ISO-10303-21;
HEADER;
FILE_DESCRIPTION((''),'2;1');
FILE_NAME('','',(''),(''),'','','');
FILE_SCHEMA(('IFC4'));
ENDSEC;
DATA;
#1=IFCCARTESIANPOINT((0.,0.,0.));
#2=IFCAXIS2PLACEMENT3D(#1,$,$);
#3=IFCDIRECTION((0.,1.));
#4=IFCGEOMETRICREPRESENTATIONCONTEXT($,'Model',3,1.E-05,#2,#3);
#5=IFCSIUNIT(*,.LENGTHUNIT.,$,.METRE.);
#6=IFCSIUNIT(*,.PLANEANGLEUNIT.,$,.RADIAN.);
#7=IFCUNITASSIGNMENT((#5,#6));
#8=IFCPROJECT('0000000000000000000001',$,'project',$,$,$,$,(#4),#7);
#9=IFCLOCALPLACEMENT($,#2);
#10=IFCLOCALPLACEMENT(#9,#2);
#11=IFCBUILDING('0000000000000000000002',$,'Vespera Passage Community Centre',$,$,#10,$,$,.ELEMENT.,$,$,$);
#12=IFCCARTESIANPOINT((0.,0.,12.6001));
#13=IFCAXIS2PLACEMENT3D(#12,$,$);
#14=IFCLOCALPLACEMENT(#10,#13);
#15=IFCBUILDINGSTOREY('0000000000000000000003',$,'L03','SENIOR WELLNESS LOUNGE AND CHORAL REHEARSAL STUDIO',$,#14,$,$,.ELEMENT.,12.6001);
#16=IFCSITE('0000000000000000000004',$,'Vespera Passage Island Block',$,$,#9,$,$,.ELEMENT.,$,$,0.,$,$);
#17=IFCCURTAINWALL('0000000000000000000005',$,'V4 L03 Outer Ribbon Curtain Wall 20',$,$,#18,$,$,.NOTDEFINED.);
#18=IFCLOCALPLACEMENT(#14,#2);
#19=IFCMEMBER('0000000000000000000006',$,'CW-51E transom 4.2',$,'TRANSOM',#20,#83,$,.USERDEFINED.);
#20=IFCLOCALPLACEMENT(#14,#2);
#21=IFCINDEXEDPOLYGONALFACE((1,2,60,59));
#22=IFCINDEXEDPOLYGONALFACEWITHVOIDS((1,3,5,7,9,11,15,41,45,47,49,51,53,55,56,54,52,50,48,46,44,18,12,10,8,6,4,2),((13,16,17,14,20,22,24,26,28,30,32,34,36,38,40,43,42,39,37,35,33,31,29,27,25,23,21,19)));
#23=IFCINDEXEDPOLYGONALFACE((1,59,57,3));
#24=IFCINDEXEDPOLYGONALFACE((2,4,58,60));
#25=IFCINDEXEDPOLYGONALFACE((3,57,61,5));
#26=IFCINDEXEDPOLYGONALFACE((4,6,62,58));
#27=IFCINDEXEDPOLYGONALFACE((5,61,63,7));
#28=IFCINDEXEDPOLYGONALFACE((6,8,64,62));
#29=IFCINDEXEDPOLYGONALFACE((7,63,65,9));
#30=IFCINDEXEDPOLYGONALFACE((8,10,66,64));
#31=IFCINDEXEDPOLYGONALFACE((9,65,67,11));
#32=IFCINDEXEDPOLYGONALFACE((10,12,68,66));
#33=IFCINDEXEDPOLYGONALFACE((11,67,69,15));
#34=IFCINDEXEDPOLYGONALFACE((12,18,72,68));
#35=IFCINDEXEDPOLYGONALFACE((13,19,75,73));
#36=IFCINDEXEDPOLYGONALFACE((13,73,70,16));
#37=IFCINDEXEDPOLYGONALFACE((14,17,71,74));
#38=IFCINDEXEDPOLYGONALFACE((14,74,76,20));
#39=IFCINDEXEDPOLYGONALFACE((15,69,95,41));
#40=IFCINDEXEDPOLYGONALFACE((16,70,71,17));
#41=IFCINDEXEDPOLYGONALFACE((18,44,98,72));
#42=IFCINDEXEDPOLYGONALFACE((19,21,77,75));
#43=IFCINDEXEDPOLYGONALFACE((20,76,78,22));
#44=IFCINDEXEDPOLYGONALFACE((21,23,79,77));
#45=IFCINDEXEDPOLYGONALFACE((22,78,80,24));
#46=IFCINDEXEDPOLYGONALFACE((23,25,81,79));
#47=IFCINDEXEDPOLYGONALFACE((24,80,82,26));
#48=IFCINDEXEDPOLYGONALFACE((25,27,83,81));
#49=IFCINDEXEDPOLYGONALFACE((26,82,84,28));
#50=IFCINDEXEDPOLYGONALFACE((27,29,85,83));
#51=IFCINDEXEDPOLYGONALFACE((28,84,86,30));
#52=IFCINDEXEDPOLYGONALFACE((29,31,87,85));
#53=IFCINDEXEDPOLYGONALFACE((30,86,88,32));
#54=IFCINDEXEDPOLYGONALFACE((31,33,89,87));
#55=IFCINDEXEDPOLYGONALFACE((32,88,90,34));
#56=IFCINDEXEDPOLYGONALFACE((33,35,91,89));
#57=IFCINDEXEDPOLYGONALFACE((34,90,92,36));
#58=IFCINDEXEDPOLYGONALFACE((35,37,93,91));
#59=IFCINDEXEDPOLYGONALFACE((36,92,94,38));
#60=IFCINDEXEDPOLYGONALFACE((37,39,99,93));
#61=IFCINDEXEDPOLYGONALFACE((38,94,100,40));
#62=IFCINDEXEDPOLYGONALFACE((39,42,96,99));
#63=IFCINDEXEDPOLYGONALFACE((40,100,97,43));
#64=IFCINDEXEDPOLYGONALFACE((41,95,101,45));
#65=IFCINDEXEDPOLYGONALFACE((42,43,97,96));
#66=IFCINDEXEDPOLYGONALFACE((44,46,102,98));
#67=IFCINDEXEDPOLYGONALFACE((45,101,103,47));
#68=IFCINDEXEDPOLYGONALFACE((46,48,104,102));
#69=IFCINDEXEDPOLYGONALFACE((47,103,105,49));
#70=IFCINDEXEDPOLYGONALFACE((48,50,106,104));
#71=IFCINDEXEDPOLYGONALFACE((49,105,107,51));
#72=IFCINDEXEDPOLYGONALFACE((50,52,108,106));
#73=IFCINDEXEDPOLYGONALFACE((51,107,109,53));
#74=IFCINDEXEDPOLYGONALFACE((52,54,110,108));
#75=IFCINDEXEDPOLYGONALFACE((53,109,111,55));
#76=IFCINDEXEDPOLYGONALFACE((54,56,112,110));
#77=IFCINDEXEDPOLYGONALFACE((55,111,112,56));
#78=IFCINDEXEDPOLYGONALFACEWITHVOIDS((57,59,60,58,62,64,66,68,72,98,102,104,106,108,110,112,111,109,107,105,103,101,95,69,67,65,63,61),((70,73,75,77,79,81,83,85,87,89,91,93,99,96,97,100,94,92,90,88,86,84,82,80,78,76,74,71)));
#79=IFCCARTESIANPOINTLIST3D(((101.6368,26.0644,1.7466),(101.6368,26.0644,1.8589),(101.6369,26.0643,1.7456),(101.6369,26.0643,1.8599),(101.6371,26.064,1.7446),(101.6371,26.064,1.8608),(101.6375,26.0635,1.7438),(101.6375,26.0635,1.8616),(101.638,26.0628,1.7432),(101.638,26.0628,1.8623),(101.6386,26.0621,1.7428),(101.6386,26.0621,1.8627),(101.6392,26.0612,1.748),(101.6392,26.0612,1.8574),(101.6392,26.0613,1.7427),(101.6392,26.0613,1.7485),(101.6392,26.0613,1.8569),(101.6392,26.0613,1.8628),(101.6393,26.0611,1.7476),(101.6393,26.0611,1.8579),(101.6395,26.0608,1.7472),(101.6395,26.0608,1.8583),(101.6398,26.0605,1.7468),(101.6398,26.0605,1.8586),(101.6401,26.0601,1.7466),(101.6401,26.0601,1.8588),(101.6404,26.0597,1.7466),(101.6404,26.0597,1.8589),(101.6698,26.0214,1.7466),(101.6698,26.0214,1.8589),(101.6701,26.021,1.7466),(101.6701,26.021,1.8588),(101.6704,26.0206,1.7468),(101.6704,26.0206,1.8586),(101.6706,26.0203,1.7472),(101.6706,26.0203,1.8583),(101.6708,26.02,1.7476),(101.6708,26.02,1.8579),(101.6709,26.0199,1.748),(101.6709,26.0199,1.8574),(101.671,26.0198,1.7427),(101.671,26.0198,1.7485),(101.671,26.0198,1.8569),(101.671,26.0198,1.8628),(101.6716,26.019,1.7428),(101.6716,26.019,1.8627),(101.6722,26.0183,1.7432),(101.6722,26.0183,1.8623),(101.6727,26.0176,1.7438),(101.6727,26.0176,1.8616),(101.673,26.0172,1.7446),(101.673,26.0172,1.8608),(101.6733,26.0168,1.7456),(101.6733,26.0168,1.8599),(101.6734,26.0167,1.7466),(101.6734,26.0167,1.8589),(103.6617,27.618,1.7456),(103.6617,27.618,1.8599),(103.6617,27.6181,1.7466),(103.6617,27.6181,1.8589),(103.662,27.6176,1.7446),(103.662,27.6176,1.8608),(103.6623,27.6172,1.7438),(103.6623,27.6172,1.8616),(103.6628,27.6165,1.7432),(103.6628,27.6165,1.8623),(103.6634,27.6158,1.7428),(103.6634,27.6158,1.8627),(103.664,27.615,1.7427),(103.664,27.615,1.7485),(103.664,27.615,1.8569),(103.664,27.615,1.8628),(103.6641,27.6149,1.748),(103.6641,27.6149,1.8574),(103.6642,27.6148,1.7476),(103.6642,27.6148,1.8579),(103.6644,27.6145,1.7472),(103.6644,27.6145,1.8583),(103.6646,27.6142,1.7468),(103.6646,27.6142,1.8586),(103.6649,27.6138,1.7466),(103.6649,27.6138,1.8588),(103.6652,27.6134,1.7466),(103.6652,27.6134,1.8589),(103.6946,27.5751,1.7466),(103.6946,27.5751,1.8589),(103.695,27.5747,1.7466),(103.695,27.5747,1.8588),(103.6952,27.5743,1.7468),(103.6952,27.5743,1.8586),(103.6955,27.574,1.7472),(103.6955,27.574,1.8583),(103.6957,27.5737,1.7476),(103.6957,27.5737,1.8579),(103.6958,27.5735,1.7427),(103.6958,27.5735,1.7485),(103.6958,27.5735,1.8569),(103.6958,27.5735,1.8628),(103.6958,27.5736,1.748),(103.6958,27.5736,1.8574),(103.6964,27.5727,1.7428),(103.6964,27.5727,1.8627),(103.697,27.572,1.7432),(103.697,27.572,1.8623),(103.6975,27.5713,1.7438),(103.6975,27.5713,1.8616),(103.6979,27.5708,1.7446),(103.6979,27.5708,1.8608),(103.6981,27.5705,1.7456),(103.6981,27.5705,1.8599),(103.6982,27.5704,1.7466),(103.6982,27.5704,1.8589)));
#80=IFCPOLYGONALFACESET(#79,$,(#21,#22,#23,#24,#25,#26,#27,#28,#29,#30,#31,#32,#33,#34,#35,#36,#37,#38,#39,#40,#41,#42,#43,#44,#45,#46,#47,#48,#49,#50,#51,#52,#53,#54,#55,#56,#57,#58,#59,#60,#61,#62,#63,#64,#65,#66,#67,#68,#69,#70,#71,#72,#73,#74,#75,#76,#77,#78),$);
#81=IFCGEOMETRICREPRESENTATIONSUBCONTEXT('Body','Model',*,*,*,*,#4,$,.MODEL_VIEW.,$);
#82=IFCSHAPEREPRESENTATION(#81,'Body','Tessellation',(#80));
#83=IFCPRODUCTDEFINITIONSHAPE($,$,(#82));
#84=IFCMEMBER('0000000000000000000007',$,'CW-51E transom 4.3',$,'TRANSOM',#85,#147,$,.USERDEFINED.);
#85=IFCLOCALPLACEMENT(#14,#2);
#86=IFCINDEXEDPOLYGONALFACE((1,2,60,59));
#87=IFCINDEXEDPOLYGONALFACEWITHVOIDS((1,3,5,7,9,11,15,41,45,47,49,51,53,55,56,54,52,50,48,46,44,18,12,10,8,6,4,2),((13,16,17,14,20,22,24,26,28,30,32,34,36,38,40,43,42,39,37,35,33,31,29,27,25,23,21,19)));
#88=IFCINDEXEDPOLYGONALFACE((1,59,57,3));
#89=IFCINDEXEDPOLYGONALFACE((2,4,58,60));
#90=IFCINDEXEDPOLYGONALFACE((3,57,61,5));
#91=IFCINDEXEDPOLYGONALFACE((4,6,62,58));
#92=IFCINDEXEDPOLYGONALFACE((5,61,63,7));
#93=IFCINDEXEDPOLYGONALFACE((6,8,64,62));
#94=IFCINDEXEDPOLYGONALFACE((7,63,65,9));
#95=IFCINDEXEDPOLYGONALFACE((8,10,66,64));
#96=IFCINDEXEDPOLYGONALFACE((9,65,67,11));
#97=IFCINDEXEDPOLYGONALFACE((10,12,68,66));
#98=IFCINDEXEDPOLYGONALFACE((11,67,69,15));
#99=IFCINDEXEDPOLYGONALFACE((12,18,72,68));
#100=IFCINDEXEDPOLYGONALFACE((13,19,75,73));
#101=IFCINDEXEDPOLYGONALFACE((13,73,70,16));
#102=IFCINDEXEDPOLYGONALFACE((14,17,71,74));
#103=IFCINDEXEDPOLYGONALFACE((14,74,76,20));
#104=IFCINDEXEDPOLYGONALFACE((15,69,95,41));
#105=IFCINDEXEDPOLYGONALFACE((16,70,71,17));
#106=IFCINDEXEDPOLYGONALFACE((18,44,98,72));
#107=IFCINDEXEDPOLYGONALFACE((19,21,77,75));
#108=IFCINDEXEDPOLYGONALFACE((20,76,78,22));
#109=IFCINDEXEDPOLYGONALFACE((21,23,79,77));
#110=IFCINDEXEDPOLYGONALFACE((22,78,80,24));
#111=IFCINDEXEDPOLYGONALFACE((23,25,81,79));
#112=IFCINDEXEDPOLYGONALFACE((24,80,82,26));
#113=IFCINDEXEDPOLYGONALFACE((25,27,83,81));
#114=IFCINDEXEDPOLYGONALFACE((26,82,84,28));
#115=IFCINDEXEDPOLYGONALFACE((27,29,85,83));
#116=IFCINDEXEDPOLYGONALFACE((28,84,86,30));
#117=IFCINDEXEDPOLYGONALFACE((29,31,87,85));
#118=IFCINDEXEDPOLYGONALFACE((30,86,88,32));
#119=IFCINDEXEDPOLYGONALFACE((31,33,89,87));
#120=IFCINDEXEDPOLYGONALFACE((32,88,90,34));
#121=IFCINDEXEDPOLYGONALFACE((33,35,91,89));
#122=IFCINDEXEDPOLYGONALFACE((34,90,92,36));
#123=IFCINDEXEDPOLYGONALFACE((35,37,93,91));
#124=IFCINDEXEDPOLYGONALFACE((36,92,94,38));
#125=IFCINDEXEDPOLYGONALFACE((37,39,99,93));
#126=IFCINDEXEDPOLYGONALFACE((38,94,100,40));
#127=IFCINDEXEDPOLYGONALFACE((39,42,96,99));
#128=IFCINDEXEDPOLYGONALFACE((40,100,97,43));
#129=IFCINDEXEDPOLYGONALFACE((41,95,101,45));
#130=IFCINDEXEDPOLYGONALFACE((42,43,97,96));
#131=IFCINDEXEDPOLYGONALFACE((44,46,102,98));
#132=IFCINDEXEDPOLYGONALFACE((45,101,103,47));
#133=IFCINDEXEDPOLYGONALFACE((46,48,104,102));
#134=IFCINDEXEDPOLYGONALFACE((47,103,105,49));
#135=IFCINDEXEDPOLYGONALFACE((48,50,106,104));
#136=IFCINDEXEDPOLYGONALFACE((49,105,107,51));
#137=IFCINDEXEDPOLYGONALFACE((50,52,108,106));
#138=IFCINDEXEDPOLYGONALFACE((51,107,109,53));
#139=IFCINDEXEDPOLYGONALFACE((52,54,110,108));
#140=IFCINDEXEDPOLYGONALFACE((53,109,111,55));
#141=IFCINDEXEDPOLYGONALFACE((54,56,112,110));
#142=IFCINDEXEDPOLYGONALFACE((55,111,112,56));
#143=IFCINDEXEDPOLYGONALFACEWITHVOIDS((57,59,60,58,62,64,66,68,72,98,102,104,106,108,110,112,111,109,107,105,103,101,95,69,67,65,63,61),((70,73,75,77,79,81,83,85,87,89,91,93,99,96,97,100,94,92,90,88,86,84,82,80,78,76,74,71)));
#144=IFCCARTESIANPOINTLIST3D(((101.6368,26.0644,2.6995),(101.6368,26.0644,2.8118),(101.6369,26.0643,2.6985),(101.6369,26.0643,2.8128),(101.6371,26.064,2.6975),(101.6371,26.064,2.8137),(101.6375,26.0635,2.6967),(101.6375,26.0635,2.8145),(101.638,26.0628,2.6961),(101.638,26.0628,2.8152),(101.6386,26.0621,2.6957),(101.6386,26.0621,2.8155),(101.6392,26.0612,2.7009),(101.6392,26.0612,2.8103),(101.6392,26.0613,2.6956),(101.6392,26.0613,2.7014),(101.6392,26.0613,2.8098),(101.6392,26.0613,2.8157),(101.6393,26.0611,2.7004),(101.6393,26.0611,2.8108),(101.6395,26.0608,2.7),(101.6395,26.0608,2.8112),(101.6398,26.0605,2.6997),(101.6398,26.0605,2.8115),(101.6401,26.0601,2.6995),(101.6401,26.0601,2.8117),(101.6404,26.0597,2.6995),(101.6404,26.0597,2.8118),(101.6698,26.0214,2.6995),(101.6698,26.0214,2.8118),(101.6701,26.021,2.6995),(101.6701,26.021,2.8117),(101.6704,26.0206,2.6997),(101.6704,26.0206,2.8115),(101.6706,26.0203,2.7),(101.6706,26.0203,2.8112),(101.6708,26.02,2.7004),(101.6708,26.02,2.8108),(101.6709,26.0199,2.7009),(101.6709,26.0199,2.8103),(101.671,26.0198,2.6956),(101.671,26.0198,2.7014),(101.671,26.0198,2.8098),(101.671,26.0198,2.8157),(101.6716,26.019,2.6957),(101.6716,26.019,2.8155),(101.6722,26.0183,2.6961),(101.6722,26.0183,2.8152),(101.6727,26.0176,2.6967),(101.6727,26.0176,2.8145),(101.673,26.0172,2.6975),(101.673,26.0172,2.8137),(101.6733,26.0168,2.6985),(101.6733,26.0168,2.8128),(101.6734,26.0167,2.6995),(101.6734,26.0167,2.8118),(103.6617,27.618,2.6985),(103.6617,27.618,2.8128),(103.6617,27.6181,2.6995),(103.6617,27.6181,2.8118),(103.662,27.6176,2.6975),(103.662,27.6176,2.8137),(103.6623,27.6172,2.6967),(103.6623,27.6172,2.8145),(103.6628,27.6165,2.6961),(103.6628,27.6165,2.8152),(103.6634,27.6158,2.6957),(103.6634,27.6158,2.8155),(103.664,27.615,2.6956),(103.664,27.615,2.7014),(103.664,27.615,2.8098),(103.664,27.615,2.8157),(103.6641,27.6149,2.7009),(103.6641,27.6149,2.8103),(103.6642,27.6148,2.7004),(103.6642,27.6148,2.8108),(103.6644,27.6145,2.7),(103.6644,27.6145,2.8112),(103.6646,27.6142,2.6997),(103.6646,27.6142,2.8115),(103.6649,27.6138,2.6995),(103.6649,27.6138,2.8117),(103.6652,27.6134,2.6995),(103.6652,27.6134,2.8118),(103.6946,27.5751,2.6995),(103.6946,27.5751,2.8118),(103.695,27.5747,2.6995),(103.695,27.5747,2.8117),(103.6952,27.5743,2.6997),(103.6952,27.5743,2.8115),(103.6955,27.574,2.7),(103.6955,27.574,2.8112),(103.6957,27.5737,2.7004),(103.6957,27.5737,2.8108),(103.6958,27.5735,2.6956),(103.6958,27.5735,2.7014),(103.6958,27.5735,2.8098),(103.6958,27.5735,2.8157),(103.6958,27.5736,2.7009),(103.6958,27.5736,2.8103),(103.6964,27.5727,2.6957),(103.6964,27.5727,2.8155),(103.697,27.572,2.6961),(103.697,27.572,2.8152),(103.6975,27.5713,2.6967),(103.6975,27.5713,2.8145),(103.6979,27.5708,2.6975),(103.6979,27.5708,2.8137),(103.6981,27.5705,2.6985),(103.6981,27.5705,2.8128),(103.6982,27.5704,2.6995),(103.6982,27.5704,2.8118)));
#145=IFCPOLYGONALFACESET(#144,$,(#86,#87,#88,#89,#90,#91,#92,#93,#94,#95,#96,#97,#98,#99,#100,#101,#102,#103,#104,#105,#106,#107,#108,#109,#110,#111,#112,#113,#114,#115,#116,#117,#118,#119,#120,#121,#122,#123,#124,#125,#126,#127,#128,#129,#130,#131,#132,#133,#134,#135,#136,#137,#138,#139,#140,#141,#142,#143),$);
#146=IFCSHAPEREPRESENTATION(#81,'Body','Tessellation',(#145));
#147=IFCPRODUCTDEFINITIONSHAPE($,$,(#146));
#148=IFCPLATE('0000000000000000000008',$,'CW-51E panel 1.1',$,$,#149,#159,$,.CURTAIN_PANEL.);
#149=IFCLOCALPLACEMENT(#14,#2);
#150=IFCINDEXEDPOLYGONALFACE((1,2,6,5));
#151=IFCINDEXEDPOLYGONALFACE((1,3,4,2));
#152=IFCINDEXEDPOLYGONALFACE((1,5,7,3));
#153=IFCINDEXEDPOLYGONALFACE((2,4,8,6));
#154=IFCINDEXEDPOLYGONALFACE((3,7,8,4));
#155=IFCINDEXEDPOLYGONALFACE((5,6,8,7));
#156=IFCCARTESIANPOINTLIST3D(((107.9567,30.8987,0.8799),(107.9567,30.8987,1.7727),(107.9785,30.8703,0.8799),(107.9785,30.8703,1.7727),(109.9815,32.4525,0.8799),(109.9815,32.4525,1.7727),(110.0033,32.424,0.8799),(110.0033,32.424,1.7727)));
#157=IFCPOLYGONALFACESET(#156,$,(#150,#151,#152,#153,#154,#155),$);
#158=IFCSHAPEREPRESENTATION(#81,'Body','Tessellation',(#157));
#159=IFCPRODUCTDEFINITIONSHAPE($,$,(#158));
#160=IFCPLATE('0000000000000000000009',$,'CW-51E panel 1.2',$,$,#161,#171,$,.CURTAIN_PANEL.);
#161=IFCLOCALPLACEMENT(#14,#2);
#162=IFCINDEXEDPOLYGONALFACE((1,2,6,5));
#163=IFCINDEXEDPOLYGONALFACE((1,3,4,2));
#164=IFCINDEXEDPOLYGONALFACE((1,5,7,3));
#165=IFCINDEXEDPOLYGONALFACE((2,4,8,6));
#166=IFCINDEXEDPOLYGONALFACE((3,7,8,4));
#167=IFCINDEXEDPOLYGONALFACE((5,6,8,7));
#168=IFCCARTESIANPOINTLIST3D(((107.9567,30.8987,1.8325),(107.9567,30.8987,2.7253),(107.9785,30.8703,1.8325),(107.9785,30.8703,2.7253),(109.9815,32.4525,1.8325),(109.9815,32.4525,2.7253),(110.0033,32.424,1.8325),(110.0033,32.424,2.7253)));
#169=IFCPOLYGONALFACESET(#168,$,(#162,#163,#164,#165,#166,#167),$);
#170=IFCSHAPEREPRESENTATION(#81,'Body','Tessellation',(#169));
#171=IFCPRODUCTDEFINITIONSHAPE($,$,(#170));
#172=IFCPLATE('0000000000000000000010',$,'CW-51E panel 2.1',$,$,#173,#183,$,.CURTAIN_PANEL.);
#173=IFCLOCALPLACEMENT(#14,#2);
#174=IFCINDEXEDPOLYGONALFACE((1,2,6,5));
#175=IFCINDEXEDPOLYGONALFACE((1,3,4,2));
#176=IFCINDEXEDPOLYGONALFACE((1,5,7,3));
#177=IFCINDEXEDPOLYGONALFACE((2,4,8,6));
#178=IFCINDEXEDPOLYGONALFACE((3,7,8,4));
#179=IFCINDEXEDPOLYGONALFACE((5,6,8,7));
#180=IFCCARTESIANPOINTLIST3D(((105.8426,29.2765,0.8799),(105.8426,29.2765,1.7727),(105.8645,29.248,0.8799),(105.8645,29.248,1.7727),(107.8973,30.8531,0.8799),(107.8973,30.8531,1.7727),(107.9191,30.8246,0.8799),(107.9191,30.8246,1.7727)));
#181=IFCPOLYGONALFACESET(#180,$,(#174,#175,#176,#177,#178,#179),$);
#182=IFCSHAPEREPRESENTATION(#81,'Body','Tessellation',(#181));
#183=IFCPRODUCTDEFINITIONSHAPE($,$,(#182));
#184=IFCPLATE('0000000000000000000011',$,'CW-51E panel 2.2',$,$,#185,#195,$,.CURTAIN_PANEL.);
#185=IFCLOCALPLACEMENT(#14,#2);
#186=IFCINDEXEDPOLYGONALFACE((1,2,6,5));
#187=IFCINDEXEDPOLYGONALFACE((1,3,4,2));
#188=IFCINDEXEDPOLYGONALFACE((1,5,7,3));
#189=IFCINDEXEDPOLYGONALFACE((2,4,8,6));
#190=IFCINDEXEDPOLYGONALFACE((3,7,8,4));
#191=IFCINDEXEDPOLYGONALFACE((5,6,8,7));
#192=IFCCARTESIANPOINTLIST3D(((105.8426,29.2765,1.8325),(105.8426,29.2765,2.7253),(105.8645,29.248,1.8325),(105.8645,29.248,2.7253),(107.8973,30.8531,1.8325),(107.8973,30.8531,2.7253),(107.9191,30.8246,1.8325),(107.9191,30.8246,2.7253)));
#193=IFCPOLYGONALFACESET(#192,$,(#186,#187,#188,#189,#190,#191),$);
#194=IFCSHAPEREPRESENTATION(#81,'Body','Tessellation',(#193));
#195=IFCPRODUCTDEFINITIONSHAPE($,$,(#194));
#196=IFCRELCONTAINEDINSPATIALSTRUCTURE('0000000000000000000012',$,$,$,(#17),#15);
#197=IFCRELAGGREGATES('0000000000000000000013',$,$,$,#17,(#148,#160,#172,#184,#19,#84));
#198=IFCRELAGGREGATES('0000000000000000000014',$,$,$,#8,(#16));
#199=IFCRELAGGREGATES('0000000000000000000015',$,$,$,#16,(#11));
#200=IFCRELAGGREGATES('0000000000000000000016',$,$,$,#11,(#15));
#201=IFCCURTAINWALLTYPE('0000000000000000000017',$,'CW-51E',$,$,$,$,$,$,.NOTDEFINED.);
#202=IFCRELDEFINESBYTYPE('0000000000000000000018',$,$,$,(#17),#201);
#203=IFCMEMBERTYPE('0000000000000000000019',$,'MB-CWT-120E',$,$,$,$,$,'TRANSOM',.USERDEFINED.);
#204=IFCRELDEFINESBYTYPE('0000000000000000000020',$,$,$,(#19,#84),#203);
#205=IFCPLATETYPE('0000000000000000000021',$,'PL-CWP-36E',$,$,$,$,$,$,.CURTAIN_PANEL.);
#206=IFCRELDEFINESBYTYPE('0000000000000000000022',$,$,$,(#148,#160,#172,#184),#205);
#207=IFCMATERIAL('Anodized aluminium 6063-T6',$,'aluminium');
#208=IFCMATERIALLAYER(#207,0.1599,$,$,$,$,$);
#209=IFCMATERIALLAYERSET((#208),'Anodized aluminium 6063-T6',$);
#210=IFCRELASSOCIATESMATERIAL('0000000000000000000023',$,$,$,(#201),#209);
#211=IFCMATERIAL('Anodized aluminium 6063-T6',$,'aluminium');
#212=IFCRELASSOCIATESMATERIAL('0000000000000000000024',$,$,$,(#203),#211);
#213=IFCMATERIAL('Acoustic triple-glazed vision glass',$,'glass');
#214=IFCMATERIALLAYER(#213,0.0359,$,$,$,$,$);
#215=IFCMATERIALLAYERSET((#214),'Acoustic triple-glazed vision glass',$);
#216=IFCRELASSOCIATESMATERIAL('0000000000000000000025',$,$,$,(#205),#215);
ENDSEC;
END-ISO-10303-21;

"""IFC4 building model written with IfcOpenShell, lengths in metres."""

from ifc_helpers import new_model, si_unit, direction, frame, origin, origin_2d, place, context, subcontext, project, spatial, rectangle, hollow_rectangle, extrude, material, layer, layer_set, material_profile, profile_set, type_object, element, aggregate, save


model = new_model("IFC4")

# Units and contexts
model_context = context("Model", 3, precision=1e-05, world=origin(), true_north=direction((0.0, 1.0)))
body_context = subcontext(model_context, "Body", "Model", "MODEL_VIEW")
ifc_project = project(units=[si_unit("LENGTHUNIT", "METRE"), si_unit("PLANEANGLEUNIT", "RADIAN")], contexts=[model_context])

# Site, building, storey
site_placement = place(None, origin())
site = spatial("IfcSite", under=ifc_project, at=site_placement, Name="Vespera Passage Island Block", CompositionType="ELEMENT", RefElevation=0.0)
building_placement = place(site_placement, origin())
building = spatial("IfcBuilding", under=site, at=building_placement, Name="Vespera Passage Community Centre", CompositionType="ELEMENT")
storey_placement = place(building_placement, frame((0.0, 0.0, 12.6001)))
storey = spatial("IfcBuildingStorey", under=building, at=storey_placement, Name="L03", Description="SENIOR WELLNESS LOUNGE AND CHORAL REHEARSAL STUDIO", CompositionType="ELEMENT", Elevation=12.6001)

# Curtain wall, members, plates
ifc_material_1 = material(Name="Anodized aluminium 6063-T6", Category="aluminium")
ifc_layer_1 = layer(ifc_material_1, 0.1599)
ifc_layer_set_1 = layer_set([ifc_layer_1], Name="Anodized aluminium 6063-T6")
curtain_wall_type = type_object("IfcCurtainWallType", Name="CW-51E", PredefinedType="NOTDEFINED", material=ifc_layer_set_1)
curtain_wall_placement = place(storey_placement, origin())
curtain_wall = element("IfcCurtainWall", 1, at=curtain_wall_placement, inside=storey, type_object=curtain_wall_type, Name="V4 L03 Outer Ribbon Curtain Wall 20", PredefinedType="NOTDEFINED")
ifc_material_2 = material(Name="Anodized aluminium 6063-T6", Category="aluminium")
ifc_material_profile_1 = material_profile(ifc_material_2, hollow_rectangle(XDim=0.0601, YDim=0.1201, WallThickness=0.0039, InnerFilletRadius=0.002, OuterFilletRadius=0.0039, at=origin_2d()), Name="ALU120X60X4")
ifc_profile_set_1 = profile_set([ifc_material_profile_1], Name="Anodized aluminium 6063-T6")
member_type_1 = type_object("IfcMemberType", Name="MB-CWT-120E", ElementType="TRANSOM", PredefinedType="USERDEFINED", material=ifc_profile_set_1)
member_1_placement = place(storey_placement, frame((103.6799, 27.5942, 1.8027), z_axis=(-0.793363, -0.608749, 0.0), x_axis=(0.608749, -0.793363, 0.0)))
member_1 = element("IfcMember", 2, at=member_1_placement, type_object=member_type_1, Name="CW-51E transom 4.2", ObjectType="TRANSOM", PredefinedType="USERDEFINED", context=body_context, shape_type="SweptSolid", body=[
    extrude(hollow_rectangle(XDim=0.0601, YDim=0.1201, WallThickness=0.0039, InnerFilletRadius=0.002, OuterFilletRadius=0.0039, at=origin_2d()), origin(), (0.0, 0.0, 1.0), 2.5522),
])
member_2_placement = place(storey_placement, frame((103.6799, 27.5942, 2.7556), z_axis=(-0.793363, -0.608749, 0.0), x_axis=(0.608749, -0.793363, 0.0)))
member_2 = element("IfcMember", 3, at=member_2_placement, type_object=member_type_1, Name="CW-51E transom 4.3", ObjectType="TRANSOM", PredefinedType="USERDEFINED", context=body_context, shape_type="SweptSolid", body=[
    extrude(hollow_rectangle(XDim=0.0601, YDim=0.1201, WallThickness=0.0039, InnerFilletRadius=0.002, OuterFilletRadius=0.0039, at=origin_2d()), origin(), (0.0, 0.0, 1.0), 2.5522),
])
ifc_material_3 = material(Name="Acoustic triple-glazed vision glass", Category="glass")
ifc_layer_2 = layer(ifc_material_3, 0.0359)
ifc_layer_set_2 = layer_set([ifc_layer_2], Name="Acoustic triple-glazed vision glass")
plate_type = type_object("IfcPlateType", Name="PL-CWP-36E", PredefinedType="CURTAIN_PANEL", material=ifc_layer_set_2)
plate_1_placement = place(storey_placement, frame((108.98, 31.6614, 0.8799), z_axis=(0.0, 0.0, 1.0), x_axis=(-0.793345, -0.608772, 0.0)))
plate_1 = element("IfcPlate", 4, at=plate_1_placement, type_object=plate_type, Name="CW-51E panel 1.1", PredefinedType="CURTAIN_PANEL", context=body_context, shape_type="SweptSolid", body=[
    extrude(rectangle(XDim=2.5522, YDim=0.0359, at=origin_2d()), origin(), (0.0, 0.0, 1.0), 0.8928),
])
plate_2_placement = place(storey_placement, frame((108.98, 31.6614, 1.8325), z_axis=(0.0, 0.0, 1.0), x_axis=(-0.793345, -0.608772, 0.0)))
plate_2 = element("IfcPlate", 5, at=plate_2_placement, type_object=plate_type, Name="CW-51E panel 1.2", PredefinedType="CURTAIN_PANEL", context=body_context, shape_type="SweptSolid", body=[
    extrude(rectangle(XDim=2.5522, YDim=0.0359, at=origin_2d()), origin(), (0.0, 0.0, 1.0), 0.8928),
])
plate_3_placement = place(storey_placement, frame((106.8809, 30.0505, 0.8799), z_axis=(0.0, 0.0, 1.0), x_axis=(-0.793345, -0.608772, 0.0)))
plate_3 = element("IfcPlate", 6, at=plate_3_placement, type_object=plate_type, Name="CW-51E panel 2.1", PredefinedType="CURTAIN_PANEL", context=body_context, shape_type="SweptSolid", body=[
    extrude(rectangle(XDim=2.5898, YDim=0.0359, at=origin_2d()), origin(), (0.0, 0.0, 1.0), 0.8928),
])
plate_4_placement = place(storey_placement, frame((106.8809, 30.0505, 1.8325), z_axis=(0.0, 0.0, 1.0), x_axis=(-0.793345, -0.608772, 0.0)))
plate_4 = element("IfcPlate", 7, at=plate_4_placement, type_object=plate_type, Name="CW-51E panel 2.2", PredefinedType="CURTAIN_PANEL", context=body_context, shape_type="SweptSolid", body=[
    extrude(rectangle(XDim=2.5898, YDim=0.0359, at=origin_2d()), origin(), (0.0, 0.0, 1.0), 0.8928),
])
aggregate(curtain_wall, [plate_1, plate_2, plate_3, plate_4, member_1, member_2])

save(model, "model.ifc")
